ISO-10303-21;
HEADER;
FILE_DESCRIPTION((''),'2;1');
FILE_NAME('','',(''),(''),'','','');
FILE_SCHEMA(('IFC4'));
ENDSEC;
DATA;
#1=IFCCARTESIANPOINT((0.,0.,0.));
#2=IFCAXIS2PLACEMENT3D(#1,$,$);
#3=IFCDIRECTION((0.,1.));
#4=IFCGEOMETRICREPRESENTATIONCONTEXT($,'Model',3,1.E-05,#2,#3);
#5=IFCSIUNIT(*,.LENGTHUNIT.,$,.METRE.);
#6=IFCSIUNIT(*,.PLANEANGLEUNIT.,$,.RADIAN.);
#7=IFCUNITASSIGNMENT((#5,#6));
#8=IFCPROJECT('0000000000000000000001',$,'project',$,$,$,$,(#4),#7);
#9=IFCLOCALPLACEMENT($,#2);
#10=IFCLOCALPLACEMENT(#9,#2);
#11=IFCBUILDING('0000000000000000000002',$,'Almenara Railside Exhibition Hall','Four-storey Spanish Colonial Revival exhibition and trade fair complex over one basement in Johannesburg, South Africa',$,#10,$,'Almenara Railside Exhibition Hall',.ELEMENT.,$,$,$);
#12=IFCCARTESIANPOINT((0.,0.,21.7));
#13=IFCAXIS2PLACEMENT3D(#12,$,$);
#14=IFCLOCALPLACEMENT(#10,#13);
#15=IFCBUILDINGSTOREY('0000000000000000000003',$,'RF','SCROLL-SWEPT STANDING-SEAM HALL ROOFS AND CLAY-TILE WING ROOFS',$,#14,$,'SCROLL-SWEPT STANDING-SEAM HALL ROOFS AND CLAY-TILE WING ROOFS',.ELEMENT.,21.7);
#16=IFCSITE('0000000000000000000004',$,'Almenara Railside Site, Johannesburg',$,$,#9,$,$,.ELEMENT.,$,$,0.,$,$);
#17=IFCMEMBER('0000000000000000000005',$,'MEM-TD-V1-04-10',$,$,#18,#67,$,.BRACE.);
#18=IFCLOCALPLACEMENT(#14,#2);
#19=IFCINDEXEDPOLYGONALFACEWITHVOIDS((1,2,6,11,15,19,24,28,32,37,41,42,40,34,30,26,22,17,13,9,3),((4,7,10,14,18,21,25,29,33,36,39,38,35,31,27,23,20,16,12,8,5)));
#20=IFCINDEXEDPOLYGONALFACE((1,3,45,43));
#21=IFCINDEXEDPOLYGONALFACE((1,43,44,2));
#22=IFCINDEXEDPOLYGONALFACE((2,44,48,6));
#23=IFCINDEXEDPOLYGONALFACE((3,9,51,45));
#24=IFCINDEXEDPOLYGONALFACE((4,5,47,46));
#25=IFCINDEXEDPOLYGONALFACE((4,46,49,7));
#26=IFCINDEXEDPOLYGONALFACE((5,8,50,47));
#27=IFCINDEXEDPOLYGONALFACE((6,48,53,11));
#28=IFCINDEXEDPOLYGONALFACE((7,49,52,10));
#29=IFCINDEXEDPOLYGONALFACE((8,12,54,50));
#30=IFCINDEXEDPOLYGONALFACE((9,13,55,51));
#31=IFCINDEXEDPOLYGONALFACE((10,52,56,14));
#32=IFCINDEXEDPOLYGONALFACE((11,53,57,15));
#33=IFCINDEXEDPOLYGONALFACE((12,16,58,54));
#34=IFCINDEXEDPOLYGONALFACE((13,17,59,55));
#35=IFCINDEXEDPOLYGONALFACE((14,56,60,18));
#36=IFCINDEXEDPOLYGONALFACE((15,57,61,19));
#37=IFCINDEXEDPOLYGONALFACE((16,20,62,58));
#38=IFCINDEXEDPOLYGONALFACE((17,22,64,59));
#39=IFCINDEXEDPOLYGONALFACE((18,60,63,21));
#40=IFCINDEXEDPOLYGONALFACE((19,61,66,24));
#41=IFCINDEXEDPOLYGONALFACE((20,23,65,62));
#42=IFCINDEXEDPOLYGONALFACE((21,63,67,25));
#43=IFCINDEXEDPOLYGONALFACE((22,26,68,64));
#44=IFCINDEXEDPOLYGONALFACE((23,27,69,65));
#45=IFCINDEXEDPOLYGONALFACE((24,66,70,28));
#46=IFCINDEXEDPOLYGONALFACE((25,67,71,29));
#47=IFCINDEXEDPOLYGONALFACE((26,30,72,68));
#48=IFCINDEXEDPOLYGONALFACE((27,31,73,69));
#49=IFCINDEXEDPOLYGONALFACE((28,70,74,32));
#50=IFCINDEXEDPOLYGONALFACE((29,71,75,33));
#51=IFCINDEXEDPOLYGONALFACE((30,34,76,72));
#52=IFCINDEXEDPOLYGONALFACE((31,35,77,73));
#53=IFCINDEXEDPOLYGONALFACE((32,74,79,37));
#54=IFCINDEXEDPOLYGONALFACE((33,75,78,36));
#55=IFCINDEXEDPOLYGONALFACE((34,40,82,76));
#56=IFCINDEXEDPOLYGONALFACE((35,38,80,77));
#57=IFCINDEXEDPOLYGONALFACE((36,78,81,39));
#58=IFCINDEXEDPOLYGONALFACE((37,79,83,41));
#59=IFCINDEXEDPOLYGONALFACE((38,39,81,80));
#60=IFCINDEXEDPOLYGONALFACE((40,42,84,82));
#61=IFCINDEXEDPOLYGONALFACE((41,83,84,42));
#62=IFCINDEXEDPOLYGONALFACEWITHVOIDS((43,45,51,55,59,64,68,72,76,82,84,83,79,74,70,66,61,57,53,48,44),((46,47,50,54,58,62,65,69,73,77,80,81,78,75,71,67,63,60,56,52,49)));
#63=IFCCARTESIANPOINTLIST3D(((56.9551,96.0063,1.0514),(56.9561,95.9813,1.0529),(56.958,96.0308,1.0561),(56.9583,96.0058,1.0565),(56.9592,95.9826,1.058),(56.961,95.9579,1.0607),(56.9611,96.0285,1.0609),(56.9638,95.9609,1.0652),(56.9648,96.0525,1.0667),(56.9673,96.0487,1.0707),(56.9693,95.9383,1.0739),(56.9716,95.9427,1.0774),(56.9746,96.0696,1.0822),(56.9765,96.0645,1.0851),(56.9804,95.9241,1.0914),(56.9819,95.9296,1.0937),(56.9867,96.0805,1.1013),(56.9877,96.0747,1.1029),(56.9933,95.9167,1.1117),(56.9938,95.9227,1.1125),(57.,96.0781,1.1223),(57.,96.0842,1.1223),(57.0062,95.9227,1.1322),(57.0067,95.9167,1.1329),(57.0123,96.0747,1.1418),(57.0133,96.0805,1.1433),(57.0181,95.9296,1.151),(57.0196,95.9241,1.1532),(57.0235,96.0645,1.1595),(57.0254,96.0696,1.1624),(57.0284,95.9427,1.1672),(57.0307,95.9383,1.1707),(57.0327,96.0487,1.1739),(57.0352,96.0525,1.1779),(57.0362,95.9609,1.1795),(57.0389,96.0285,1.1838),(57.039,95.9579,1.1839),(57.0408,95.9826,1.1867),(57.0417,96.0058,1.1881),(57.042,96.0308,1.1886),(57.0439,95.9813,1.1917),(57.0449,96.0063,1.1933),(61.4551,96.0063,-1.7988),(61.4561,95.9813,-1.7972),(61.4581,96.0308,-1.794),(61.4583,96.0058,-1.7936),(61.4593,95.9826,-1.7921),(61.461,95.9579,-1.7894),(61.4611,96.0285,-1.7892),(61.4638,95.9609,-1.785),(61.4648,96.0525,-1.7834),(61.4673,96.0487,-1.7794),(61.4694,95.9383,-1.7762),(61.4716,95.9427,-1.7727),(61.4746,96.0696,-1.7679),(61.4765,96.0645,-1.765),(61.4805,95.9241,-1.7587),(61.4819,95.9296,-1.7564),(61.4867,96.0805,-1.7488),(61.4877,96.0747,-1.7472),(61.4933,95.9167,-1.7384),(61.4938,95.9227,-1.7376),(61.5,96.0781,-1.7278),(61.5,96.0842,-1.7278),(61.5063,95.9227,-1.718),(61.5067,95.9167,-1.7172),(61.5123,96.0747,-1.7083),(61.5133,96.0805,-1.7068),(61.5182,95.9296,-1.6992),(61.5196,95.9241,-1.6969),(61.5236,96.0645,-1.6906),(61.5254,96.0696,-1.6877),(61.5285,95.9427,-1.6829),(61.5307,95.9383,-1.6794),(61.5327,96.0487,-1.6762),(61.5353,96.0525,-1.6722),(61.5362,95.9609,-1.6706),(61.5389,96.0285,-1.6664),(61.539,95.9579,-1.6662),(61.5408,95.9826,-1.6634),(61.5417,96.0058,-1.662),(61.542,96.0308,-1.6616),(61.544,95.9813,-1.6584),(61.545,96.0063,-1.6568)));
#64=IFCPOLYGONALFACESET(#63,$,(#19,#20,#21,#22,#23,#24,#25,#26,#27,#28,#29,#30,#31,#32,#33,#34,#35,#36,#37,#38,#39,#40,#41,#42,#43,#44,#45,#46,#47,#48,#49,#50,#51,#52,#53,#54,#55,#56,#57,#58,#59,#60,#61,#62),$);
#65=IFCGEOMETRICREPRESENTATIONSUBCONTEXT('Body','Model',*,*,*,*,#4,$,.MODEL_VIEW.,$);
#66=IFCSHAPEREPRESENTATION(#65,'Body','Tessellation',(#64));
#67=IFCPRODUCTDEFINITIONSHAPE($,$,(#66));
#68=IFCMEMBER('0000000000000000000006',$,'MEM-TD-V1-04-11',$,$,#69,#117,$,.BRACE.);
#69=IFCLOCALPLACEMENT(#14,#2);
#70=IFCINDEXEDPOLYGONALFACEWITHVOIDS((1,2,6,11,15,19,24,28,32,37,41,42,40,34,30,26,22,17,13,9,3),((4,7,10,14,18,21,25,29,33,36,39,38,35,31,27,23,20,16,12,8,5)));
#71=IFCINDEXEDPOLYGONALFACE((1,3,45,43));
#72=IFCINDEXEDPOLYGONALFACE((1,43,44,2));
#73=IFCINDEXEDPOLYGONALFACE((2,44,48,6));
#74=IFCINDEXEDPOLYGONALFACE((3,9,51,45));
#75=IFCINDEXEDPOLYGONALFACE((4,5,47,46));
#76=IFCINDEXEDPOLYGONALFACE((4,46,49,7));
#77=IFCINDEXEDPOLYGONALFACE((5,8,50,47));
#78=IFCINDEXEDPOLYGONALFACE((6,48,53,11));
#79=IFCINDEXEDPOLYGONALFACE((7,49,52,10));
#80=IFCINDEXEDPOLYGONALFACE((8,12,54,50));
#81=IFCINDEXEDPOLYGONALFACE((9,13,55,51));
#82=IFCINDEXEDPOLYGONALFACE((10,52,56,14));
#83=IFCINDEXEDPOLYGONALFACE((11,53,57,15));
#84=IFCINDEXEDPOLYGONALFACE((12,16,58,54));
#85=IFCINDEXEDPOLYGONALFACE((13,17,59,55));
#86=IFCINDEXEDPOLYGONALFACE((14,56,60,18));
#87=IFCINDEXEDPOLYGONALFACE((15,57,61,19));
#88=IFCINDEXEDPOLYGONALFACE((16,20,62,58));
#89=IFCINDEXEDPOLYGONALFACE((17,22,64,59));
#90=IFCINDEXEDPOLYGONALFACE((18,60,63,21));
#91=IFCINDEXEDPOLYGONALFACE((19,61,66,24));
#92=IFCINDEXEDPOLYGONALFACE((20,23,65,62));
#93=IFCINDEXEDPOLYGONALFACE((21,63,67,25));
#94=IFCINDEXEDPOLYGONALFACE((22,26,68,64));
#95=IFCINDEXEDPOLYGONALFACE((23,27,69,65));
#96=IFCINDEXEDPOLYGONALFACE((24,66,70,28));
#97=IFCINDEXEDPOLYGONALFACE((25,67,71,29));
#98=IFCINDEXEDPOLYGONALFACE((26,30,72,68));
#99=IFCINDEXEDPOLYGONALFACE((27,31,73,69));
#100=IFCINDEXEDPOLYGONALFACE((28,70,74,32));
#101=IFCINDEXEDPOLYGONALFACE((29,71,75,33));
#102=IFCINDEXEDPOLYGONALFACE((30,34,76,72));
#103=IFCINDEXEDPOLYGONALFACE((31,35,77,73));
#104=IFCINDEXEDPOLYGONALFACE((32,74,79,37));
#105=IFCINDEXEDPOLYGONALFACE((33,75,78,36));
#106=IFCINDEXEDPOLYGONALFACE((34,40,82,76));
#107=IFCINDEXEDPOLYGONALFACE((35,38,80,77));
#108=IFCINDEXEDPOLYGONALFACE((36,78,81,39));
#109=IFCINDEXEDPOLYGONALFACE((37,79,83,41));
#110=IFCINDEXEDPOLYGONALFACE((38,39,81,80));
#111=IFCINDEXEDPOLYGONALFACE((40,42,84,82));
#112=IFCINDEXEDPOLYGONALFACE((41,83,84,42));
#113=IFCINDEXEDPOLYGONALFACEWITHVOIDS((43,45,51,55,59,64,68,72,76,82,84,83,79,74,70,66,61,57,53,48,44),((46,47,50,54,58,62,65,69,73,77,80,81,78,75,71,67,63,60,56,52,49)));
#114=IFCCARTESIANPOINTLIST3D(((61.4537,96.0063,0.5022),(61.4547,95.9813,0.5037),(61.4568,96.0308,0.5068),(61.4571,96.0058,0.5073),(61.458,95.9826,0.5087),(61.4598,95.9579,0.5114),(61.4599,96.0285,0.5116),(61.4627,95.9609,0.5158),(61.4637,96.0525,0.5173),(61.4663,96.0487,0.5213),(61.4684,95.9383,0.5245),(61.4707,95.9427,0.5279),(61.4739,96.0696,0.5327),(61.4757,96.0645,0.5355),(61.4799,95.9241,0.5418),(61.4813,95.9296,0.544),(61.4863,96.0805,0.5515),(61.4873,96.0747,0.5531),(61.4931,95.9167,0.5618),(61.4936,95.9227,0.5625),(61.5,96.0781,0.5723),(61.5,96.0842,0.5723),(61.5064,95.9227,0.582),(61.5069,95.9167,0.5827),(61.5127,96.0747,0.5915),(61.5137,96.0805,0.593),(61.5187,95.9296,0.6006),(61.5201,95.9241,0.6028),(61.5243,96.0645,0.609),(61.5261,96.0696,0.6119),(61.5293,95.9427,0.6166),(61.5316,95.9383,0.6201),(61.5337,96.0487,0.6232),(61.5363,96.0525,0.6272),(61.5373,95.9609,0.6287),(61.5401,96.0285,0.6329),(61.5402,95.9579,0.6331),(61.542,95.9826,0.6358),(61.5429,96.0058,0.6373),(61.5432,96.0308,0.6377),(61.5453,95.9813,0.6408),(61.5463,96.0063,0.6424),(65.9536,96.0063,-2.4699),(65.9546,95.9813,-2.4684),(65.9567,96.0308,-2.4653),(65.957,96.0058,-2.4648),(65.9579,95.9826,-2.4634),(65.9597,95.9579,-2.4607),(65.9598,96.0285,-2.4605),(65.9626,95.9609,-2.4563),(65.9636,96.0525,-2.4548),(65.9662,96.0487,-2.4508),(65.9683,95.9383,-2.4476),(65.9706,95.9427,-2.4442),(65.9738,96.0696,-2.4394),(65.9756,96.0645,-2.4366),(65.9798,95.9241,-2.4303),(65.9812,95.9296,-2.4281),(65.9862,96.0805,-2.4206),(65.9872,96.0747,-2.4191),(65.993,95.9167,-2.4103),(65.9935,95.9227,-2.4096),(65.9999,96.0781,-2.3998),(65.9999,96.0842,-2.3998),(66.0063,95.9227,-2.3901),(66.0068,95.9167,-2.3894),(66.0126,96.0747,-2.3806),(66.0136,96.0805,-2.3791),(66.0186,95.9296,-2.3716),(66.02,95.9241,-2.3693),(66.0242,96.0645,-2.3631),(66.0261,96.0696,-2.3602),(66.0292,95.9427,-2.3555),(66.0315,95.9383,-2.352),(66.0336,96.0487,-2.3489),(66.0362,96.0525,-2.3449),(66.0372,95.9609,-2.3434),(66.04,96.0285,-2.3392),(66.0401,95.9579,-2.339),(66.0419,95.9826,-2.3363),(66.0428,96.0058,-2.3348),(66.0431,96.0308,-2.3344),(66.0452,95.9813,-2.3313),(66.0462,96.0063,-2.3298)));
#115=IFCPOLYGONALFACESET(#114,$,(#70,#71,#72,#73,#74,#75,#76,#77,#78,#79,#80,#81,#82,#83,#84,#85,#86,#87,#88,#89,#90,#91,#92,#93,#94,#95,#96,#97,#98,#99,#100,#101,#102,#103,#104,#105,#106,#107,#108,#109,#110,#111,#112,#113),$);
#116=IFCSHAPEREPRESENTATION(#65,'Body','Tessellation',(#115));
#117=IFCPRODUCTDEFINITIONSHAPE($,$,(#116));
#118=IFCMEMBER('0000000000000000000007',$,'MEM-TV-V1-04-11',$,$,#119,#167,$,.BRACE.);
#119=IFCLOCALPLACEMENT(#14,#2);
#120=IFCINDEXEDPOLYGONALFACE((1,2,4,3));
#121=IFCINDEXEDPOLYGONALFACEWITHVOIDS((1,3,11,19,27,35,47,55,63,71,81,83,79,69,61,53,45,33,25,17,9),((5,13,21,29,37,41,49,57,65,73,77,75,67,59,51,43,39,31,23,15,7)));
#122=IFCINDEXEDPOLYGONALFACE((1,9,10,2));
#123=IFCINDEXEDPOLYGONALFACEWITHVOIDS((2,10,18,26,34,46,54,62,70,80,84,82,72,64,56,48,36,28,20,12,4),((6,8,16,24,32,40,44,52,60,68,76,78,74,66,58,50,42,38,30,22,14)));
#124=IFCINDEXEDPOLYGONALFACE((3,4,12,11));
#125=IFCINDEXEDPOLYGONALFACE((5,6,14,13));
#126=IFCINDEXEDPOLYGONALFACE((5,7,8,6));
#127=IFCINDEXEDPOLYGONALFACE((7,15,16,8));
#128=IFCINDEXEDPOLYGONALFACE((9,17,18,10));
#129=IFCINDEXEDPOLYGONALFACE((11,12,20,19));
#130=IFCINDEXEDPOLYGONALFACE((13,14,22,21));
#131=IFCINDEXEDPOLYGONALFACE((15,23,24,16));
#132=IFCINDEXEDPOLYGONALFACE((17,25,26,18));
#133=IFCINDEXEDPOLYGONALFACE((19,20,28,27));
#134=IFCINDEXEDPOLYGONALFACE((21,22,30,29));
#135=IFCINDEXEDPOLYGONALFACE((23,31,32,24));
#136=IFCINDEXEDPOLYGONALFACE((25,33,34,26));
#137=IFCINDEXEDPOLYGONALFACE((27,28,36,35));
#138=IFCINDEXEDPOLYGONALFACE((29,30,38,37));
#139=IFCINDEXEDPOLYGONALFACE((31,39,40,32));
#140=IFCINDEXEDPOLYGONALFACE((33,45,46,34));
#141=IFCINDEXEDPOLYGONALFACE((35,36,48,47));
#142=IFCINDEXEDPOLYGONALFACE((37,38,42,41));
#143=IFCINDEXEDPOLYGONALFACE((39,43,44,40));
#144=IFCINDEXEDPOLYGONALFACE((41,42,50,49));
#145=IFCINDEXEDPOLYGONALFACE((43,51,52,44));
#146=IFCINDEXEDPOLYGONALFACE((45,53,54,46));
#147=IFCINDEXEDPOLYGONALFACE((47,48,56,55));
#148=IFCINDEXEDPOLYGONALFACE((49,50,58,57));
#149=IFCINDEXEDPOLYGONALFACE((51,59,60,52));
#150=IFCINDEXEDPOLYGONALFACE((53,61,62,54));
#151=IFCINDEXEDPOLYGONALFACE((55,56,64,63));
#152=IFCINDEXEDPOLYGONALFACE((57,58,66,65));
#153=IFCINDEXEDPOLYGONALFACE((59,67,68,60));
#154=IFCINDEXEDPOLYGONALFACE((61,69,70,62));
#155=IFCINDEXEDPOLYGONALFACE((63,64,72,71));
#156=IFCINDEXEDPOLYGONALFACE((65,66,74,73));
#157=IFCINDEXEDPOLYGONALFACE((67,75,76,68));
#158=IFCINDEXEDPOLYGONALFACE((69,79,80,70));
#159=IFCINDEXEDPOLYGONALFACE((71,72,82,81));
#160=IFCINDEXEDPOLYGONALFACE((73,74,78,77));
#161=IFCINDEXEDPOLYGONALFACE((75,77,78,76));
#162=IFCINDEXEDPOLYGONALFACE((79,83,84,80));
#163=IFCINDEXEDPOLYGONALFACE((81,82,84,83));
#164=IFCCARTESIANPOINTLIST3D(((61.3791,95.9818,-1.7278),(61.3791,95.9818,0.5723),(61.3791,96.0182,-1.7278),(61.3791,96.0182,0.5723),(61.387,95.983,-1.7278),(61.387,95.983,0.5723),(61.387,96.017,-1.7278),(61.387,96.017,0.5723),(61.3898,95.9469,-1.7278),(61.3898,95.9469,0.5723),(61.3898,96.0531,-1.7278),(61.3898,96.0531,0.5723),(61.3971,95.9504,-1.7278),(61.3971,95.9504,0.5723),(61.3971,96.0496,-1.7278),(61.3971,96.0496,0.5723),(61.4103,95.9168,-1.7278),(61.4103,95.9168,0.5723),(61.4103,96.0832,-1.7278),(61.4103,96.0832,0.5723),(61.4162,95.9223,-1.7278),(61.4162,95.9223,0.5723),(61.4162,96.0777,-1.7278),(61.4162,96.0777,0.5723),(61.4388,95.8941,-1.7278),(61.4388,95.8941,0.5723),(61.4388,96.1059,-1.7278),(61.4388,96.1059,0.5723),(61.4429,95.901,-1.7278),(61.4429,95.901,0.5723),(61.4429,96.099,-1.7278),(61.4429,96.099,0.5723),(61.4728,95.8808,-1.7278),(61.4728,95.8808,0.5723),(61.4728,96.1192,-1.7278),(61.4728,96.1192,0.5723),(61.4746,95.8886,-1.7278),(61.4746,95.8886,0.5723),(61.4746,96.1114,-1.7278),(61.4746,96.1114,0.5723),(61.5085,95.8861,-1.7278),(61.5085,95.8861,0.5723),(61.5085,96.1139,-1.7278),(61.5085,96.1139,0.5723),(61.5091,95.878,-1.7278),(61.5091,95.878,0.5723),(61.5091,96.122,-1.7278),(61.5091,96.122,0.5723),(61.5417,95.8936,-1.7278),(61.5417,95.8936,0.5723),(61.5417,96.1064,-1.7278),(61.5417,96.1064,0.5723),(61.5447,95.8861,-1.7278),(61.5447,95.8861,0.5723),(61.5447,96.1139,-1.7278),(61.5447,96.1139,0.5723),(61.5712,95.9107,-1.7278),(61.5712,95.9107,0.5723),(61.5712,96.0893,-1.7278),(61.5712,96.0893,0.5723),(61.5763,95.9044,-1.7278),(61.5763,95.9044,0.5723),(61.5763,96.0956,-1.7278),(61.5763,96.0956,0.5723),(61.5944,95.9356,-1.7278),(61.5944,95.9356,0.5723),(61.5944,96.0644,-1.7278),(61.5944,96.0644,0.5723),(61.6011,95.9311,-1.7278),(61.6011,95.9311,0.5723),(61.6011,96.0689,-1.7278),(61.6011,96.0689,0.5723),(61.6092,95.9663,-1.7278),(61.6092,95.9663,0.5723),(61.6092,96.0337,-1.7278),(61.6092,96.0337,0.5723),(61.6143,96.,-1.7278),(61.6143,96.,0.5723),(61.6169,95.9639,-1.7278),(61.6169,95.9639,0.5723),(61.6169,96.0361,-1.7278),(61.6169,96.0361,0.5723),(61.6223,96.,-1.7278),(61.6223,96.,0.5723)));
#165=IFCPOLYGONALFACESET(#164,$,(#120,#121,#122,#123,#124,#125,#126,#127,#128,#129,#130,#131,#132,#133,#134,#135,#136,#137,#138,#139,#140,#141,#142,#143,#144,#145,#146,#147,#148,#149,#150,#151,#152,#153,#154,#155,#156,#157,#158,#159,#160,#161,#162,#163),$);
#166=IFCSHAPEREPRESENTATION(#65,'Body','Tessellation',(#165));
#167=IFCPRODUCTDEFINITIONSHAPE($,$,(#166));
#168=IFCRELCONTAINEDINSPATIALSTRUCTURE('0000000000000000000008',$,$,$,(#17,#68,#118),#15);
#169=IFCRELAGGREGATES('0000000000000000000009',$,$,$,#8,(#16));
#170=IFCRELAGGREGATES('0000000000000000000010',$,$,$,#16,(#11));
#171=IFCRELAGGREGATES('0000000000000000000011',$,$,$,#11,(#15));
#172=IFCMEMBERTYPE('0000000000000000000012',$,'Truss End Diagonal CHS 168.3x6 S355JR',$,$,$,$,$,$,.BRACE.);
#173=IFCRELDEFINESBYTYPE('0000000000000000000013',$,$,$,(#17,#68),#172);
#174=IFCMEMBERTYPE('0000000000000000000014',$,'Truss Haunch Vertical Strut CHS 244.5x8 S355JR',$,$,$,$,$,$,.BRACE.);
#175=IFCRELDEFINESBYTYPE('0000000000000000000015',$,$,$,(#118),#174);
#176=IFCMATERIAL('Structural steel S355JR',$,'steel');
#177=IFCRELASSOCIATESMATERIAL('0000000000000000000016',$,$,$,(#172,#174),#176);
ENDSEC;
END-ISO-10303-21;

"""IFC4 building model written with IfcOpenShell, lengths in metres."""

from ifc_helpers import new_model, si_unit, direction, frame, origin, origin_2d, place, context, subcontext, project, spatial, hollow_circle, extrude, material, material_profile, profile_set, type_object, element, save


model = new_model("IFC4")

# Units and contexts
model_context = context("Model", 3, precision=1e-05, world=origin(), true_north=direction((0.0, 1.0)))
body_context = subcontext(model_context, "Body", "Model", "MODEL_VIEW")
ifc_project = project(units=[si_unit("LENGTHUNIT", "METRE"), si_unit("PLANEANGLEUNIT", "RADIAN")], contexts=[model_context])

# Site, building, storey
site_placement = place(None, origin())
site = spatial("IfcSite", under=ifc_project, at=site_placement, Name="Almenara Railside Site, Johannesburg", CompositionType="ELEMENT", RefElevation=0.0)
building_placement = place(site_placement, origin())
building = spatial("IfcBuilding", under=site, at=building_placement, Name="Almenara Railside Exhibition Hall", Description="Four-storey Spanish Colonial Revival exhibition and trade fair complex over one basement in Johannesburg, South Africa", LongName="Almenara Railside Exhibition Hall", CompositionType="ELEMENT")
storey_placement = place(building_placement, frame((0.0, 0.0, 21.7)))
storey = spatial("IfcBuildingStorey", under=building, at=storey_placement, Name="RF", Description="SCROLL-SWEPT STANDING-SEAM HALL ROOFS AND CLAY-TILE WING ROOFS", LongName="SCROLL-SWEPT STANDING-SEAM HALL ROOFS AND CLAY-TILE WING ROOFS", CompositionType="ELEMENT", Elevation=21.7)

# Shared definitions
ifc_material_1 = material(Name="Structural steel S355JR", Category="steel")

# Members
ifc_material_profile_1 = material_profile(ifc_material_1, hollow_circle(Radius=0.0842, WallThickness=0.0061, at=origin_2d()), Name="CHS 168.3x6")
ifc_profile_set_1 = profile_set([ifc_material_profile_1], Name="Structural steel S355JR")
member_type_1 = type_object("IfcMemberType", Name="Truss End Diagonal CHS 168.3x6 S355JR", PredefinedType="BRACE", material=ifc_profile_set_1)
member_1_placement = place(storey_placement, frame((57.0, 96.0, 1.1223), z_axis=(0.844811, 0.0, -0.535065), x_axis=(0.0, 1.0, 0.0)))
element("IfcMember", 1, at=member_1_placement, inside=storey, type_object=member_type_1, Name="MEM-TD-V1-04-10", PredefinedType="BRACE", context=body_context, shape_type="SweptSolid", body=[
    extrude(hollow_circle(Radius=0.0842, WallThickness=0.0061, at=origin_2d()), origin(), (0.0, 0.0, 1.0), 5.3267),
])
member_2_placement = place(storey_placement, frame((61.5, 96.0, 0.5723), z_axis=(0.834425, 0.0, -0.551122), x_axis=(0.0, 1.0, 0.0)))
element("IfcMember", 2, at=member_2_placement, inside=storey, type_object=member_type_1, Name="MEM-TD-V1-04-11", PredefinedType="BRACE", context=body_context, shape_type="SweptSolid", body=[
    extrude(hollow_circle(Radius=0.0842, WallThickness=0.0061, at=origin_2d()), origin(), (0.0, 0.0, 1.0), 5.3928),
])
ifc_material_profile_2 = material_profile(ifc_material_1, hollow_circle(Radius=0.1223, WallThickness=0.0081, at=origin_2d()), Name="CHS 244.5x8")
ifc_profile_set_2 = profile_set([ifc_material_profile_2], Name="Structural steel S355JR")
member_type_2 = type_object("IfcMemberType", Name="Truss Haunch Vertical Strut CHS 244.5x8 S355JR", PredefinedType="BRACE", material=ifc_profile_set_2)
member_3_placement = place(storey_placement, frame((61.5, 96.0, -1.7278), z_axis=(0.0, 0.0, 1.0), x_axis=(1.0, 0.0, 0.0)))
element("IfcMember", 3, at=member_3_placement, inside=storey, type_object=member_type_2, Name="MEM-TV-V1-04-11", PredefinedType="BRACE", context=body_context, shape_type="SweptSolid", body=[
    extrude(hollow_circle(Radius=0.1223, WallThickness=0.0081, at=origin_2d()), origin(), (0.0, 0.0, 1.0), 2.3),
])

save(model, "model.ifc")
